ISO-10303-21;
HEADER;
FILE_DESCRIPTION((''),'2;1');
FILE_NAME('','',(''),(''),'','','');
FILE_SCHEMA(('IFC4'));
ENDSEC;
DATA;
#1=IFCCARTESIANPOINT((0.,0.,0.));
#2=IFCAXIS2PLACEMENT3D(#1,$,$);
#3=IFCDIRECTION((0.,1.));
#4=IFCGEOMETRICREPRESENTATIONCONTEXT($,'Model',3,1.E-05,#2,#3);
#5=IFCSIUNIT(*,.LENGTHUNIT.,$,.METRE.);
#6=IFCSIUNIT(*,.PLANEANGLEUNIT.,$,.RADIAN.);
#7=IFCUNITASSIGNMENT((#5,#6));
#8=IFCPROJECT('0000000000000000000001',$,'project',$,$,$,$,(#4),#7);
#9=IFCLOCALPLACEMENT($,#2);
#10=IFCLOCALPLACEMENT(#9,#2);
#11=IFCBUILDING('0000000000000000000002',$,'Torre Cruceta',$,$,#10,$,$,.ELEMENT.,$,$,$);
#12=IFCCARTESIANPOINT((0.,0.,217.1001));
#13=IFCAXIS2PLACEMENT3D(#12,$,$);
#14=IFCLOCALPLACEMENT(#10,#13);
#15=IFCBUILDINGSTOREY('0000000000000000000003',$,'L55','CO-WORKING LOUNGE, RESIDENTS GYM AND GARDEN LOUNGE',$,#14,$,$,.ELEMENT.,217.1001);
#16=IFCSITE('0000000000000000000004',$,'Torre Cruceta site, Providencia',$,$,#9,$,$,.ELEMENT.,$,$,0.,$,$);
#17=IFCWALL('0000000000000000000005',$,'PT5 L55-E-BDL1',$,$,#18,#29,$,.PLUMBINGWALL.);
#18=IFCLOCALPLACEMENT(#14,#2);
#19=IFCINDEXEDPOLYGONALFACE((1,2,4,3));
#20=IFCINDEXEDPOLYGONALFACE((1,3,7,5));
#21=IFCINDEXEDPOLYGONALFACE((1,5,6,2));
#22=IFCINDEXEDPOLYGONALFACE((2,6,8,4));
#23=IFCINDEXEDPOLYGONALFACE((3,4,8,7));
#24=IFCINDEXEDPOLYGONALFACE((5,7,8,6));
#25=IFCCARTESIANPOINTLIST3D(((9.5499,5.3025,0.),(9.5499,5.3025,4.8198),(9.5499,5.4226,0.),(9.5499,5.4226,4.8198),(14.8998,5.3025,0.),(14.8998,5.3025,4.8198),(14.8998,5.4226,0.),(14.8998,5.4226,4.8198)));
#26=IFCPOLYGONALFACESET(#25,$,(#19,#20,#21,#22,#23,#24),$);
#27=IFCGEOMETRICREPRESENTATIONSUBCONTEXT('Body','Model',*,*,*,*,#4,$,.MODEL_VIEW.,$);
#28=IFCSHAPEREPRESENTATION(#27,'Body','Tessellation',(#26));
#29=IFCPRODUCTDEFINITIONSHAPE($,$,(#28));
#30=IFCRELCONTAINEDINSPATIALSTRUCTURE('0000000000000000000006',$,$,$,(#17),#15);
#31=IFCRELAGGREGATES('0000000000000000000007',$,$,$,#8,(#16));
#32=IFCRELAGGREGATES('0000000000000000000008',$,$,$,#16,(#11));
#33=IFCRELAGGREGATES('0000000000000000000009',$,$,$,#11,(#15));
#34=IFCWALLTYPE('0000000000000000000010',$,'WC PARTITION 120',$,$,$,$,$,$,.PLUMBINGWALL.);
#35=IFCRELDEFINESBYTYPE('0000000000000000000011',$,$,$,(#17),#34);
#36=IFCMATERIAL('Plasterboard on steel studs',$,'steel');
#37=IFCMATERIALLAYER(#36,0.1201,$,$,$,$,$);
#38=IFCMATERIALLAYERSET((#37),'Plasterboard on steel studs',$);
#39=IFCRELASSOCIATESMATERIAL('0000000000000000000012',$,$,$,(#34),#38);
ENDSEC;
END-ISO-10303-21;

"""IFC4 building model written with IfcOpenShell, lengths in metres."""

from ifc_helpers import new_model, si_unit, direction, frame, frame_2d, origin, place, context, subcontext, project, spatial, rectangle, extrude, material, layer, layer_set, type_object, element, save


model = new_model("IFC4")

# Units and contexts
model_context = context("Model", 3, precision=1e-05, world=origin(), true_north=direction((0.0, 1.0)))
body_context = subcontext(model_context, "Body", "Model", "MODEL_VIEW")
ifc_project = project(units=[si_unit("LENGTHUNIT", "METRE"), si_unit("PLANEANGLEUNIT", "RADIAN")], contexts=[model_context])

# Site, building, storey
site_placement = place(None, origin())
site = spatial("IfcSite", under=ifc_project, at=site_placement, Name="Torre Cruceta site, Providencia", CompositionType="ELEMENT", RefElevation=0.0)
building_placement = place(site_placement, origin())
building = spatial("IfcBuilding", under=site, at=building_placement, Name="Torre Cruceta", CompositionType="ELEMENT")
storey_placement = place(building_placement, frame((0.0, 0.0, 217.1001)))
storey = spatial("IfcBuildingStorey", under=building, at=storey_placement, Name="L55", Description="CO-WORKING LOUNGE, RESIDENTS GYM AND GARDEN LOUNGE", CompositionType="ELEMENT", Elevation=217.1001)

# Wall
ifc_material_1 = material(Name="Plasterboard on steel studs", Category="steel")
ifc_layer_1 = layer(ifc_material_1, 0.1201)
ifc_layer_set_1 = layer_set([ifc_layer_1], Name="Plasterboard on steel studs")
wall_type_1 = type_object("IfcWallType", Name="WC PARTITION 120", PredefinedType="PLUMBINGWALL", material=ifc_layer_set_1)
wall_1_placement = place(storey_placement, frame((9.55, 5.3625, 0.0), z_axis=(0.0, 0.0, 1.0), x_axis=(1.0, 0.0, 0.0)))
element("IfcWall", 1, at=wall_1_placement, inside=storey, type_object=wall_type_1, Name="PT5 L55-E-BDL1", PredefinedType="PLUMBINGWALL", context=body_context, shape_type="SweptSolid", body=[
    extrude(rectangle(XDim=5.3499, YDim=0.1201, at=frame_2d((2.6748, 0.0))), origin(), (0.0, 0.0, 1.0), 4.8198),
])

save(model, "model.ifc")
